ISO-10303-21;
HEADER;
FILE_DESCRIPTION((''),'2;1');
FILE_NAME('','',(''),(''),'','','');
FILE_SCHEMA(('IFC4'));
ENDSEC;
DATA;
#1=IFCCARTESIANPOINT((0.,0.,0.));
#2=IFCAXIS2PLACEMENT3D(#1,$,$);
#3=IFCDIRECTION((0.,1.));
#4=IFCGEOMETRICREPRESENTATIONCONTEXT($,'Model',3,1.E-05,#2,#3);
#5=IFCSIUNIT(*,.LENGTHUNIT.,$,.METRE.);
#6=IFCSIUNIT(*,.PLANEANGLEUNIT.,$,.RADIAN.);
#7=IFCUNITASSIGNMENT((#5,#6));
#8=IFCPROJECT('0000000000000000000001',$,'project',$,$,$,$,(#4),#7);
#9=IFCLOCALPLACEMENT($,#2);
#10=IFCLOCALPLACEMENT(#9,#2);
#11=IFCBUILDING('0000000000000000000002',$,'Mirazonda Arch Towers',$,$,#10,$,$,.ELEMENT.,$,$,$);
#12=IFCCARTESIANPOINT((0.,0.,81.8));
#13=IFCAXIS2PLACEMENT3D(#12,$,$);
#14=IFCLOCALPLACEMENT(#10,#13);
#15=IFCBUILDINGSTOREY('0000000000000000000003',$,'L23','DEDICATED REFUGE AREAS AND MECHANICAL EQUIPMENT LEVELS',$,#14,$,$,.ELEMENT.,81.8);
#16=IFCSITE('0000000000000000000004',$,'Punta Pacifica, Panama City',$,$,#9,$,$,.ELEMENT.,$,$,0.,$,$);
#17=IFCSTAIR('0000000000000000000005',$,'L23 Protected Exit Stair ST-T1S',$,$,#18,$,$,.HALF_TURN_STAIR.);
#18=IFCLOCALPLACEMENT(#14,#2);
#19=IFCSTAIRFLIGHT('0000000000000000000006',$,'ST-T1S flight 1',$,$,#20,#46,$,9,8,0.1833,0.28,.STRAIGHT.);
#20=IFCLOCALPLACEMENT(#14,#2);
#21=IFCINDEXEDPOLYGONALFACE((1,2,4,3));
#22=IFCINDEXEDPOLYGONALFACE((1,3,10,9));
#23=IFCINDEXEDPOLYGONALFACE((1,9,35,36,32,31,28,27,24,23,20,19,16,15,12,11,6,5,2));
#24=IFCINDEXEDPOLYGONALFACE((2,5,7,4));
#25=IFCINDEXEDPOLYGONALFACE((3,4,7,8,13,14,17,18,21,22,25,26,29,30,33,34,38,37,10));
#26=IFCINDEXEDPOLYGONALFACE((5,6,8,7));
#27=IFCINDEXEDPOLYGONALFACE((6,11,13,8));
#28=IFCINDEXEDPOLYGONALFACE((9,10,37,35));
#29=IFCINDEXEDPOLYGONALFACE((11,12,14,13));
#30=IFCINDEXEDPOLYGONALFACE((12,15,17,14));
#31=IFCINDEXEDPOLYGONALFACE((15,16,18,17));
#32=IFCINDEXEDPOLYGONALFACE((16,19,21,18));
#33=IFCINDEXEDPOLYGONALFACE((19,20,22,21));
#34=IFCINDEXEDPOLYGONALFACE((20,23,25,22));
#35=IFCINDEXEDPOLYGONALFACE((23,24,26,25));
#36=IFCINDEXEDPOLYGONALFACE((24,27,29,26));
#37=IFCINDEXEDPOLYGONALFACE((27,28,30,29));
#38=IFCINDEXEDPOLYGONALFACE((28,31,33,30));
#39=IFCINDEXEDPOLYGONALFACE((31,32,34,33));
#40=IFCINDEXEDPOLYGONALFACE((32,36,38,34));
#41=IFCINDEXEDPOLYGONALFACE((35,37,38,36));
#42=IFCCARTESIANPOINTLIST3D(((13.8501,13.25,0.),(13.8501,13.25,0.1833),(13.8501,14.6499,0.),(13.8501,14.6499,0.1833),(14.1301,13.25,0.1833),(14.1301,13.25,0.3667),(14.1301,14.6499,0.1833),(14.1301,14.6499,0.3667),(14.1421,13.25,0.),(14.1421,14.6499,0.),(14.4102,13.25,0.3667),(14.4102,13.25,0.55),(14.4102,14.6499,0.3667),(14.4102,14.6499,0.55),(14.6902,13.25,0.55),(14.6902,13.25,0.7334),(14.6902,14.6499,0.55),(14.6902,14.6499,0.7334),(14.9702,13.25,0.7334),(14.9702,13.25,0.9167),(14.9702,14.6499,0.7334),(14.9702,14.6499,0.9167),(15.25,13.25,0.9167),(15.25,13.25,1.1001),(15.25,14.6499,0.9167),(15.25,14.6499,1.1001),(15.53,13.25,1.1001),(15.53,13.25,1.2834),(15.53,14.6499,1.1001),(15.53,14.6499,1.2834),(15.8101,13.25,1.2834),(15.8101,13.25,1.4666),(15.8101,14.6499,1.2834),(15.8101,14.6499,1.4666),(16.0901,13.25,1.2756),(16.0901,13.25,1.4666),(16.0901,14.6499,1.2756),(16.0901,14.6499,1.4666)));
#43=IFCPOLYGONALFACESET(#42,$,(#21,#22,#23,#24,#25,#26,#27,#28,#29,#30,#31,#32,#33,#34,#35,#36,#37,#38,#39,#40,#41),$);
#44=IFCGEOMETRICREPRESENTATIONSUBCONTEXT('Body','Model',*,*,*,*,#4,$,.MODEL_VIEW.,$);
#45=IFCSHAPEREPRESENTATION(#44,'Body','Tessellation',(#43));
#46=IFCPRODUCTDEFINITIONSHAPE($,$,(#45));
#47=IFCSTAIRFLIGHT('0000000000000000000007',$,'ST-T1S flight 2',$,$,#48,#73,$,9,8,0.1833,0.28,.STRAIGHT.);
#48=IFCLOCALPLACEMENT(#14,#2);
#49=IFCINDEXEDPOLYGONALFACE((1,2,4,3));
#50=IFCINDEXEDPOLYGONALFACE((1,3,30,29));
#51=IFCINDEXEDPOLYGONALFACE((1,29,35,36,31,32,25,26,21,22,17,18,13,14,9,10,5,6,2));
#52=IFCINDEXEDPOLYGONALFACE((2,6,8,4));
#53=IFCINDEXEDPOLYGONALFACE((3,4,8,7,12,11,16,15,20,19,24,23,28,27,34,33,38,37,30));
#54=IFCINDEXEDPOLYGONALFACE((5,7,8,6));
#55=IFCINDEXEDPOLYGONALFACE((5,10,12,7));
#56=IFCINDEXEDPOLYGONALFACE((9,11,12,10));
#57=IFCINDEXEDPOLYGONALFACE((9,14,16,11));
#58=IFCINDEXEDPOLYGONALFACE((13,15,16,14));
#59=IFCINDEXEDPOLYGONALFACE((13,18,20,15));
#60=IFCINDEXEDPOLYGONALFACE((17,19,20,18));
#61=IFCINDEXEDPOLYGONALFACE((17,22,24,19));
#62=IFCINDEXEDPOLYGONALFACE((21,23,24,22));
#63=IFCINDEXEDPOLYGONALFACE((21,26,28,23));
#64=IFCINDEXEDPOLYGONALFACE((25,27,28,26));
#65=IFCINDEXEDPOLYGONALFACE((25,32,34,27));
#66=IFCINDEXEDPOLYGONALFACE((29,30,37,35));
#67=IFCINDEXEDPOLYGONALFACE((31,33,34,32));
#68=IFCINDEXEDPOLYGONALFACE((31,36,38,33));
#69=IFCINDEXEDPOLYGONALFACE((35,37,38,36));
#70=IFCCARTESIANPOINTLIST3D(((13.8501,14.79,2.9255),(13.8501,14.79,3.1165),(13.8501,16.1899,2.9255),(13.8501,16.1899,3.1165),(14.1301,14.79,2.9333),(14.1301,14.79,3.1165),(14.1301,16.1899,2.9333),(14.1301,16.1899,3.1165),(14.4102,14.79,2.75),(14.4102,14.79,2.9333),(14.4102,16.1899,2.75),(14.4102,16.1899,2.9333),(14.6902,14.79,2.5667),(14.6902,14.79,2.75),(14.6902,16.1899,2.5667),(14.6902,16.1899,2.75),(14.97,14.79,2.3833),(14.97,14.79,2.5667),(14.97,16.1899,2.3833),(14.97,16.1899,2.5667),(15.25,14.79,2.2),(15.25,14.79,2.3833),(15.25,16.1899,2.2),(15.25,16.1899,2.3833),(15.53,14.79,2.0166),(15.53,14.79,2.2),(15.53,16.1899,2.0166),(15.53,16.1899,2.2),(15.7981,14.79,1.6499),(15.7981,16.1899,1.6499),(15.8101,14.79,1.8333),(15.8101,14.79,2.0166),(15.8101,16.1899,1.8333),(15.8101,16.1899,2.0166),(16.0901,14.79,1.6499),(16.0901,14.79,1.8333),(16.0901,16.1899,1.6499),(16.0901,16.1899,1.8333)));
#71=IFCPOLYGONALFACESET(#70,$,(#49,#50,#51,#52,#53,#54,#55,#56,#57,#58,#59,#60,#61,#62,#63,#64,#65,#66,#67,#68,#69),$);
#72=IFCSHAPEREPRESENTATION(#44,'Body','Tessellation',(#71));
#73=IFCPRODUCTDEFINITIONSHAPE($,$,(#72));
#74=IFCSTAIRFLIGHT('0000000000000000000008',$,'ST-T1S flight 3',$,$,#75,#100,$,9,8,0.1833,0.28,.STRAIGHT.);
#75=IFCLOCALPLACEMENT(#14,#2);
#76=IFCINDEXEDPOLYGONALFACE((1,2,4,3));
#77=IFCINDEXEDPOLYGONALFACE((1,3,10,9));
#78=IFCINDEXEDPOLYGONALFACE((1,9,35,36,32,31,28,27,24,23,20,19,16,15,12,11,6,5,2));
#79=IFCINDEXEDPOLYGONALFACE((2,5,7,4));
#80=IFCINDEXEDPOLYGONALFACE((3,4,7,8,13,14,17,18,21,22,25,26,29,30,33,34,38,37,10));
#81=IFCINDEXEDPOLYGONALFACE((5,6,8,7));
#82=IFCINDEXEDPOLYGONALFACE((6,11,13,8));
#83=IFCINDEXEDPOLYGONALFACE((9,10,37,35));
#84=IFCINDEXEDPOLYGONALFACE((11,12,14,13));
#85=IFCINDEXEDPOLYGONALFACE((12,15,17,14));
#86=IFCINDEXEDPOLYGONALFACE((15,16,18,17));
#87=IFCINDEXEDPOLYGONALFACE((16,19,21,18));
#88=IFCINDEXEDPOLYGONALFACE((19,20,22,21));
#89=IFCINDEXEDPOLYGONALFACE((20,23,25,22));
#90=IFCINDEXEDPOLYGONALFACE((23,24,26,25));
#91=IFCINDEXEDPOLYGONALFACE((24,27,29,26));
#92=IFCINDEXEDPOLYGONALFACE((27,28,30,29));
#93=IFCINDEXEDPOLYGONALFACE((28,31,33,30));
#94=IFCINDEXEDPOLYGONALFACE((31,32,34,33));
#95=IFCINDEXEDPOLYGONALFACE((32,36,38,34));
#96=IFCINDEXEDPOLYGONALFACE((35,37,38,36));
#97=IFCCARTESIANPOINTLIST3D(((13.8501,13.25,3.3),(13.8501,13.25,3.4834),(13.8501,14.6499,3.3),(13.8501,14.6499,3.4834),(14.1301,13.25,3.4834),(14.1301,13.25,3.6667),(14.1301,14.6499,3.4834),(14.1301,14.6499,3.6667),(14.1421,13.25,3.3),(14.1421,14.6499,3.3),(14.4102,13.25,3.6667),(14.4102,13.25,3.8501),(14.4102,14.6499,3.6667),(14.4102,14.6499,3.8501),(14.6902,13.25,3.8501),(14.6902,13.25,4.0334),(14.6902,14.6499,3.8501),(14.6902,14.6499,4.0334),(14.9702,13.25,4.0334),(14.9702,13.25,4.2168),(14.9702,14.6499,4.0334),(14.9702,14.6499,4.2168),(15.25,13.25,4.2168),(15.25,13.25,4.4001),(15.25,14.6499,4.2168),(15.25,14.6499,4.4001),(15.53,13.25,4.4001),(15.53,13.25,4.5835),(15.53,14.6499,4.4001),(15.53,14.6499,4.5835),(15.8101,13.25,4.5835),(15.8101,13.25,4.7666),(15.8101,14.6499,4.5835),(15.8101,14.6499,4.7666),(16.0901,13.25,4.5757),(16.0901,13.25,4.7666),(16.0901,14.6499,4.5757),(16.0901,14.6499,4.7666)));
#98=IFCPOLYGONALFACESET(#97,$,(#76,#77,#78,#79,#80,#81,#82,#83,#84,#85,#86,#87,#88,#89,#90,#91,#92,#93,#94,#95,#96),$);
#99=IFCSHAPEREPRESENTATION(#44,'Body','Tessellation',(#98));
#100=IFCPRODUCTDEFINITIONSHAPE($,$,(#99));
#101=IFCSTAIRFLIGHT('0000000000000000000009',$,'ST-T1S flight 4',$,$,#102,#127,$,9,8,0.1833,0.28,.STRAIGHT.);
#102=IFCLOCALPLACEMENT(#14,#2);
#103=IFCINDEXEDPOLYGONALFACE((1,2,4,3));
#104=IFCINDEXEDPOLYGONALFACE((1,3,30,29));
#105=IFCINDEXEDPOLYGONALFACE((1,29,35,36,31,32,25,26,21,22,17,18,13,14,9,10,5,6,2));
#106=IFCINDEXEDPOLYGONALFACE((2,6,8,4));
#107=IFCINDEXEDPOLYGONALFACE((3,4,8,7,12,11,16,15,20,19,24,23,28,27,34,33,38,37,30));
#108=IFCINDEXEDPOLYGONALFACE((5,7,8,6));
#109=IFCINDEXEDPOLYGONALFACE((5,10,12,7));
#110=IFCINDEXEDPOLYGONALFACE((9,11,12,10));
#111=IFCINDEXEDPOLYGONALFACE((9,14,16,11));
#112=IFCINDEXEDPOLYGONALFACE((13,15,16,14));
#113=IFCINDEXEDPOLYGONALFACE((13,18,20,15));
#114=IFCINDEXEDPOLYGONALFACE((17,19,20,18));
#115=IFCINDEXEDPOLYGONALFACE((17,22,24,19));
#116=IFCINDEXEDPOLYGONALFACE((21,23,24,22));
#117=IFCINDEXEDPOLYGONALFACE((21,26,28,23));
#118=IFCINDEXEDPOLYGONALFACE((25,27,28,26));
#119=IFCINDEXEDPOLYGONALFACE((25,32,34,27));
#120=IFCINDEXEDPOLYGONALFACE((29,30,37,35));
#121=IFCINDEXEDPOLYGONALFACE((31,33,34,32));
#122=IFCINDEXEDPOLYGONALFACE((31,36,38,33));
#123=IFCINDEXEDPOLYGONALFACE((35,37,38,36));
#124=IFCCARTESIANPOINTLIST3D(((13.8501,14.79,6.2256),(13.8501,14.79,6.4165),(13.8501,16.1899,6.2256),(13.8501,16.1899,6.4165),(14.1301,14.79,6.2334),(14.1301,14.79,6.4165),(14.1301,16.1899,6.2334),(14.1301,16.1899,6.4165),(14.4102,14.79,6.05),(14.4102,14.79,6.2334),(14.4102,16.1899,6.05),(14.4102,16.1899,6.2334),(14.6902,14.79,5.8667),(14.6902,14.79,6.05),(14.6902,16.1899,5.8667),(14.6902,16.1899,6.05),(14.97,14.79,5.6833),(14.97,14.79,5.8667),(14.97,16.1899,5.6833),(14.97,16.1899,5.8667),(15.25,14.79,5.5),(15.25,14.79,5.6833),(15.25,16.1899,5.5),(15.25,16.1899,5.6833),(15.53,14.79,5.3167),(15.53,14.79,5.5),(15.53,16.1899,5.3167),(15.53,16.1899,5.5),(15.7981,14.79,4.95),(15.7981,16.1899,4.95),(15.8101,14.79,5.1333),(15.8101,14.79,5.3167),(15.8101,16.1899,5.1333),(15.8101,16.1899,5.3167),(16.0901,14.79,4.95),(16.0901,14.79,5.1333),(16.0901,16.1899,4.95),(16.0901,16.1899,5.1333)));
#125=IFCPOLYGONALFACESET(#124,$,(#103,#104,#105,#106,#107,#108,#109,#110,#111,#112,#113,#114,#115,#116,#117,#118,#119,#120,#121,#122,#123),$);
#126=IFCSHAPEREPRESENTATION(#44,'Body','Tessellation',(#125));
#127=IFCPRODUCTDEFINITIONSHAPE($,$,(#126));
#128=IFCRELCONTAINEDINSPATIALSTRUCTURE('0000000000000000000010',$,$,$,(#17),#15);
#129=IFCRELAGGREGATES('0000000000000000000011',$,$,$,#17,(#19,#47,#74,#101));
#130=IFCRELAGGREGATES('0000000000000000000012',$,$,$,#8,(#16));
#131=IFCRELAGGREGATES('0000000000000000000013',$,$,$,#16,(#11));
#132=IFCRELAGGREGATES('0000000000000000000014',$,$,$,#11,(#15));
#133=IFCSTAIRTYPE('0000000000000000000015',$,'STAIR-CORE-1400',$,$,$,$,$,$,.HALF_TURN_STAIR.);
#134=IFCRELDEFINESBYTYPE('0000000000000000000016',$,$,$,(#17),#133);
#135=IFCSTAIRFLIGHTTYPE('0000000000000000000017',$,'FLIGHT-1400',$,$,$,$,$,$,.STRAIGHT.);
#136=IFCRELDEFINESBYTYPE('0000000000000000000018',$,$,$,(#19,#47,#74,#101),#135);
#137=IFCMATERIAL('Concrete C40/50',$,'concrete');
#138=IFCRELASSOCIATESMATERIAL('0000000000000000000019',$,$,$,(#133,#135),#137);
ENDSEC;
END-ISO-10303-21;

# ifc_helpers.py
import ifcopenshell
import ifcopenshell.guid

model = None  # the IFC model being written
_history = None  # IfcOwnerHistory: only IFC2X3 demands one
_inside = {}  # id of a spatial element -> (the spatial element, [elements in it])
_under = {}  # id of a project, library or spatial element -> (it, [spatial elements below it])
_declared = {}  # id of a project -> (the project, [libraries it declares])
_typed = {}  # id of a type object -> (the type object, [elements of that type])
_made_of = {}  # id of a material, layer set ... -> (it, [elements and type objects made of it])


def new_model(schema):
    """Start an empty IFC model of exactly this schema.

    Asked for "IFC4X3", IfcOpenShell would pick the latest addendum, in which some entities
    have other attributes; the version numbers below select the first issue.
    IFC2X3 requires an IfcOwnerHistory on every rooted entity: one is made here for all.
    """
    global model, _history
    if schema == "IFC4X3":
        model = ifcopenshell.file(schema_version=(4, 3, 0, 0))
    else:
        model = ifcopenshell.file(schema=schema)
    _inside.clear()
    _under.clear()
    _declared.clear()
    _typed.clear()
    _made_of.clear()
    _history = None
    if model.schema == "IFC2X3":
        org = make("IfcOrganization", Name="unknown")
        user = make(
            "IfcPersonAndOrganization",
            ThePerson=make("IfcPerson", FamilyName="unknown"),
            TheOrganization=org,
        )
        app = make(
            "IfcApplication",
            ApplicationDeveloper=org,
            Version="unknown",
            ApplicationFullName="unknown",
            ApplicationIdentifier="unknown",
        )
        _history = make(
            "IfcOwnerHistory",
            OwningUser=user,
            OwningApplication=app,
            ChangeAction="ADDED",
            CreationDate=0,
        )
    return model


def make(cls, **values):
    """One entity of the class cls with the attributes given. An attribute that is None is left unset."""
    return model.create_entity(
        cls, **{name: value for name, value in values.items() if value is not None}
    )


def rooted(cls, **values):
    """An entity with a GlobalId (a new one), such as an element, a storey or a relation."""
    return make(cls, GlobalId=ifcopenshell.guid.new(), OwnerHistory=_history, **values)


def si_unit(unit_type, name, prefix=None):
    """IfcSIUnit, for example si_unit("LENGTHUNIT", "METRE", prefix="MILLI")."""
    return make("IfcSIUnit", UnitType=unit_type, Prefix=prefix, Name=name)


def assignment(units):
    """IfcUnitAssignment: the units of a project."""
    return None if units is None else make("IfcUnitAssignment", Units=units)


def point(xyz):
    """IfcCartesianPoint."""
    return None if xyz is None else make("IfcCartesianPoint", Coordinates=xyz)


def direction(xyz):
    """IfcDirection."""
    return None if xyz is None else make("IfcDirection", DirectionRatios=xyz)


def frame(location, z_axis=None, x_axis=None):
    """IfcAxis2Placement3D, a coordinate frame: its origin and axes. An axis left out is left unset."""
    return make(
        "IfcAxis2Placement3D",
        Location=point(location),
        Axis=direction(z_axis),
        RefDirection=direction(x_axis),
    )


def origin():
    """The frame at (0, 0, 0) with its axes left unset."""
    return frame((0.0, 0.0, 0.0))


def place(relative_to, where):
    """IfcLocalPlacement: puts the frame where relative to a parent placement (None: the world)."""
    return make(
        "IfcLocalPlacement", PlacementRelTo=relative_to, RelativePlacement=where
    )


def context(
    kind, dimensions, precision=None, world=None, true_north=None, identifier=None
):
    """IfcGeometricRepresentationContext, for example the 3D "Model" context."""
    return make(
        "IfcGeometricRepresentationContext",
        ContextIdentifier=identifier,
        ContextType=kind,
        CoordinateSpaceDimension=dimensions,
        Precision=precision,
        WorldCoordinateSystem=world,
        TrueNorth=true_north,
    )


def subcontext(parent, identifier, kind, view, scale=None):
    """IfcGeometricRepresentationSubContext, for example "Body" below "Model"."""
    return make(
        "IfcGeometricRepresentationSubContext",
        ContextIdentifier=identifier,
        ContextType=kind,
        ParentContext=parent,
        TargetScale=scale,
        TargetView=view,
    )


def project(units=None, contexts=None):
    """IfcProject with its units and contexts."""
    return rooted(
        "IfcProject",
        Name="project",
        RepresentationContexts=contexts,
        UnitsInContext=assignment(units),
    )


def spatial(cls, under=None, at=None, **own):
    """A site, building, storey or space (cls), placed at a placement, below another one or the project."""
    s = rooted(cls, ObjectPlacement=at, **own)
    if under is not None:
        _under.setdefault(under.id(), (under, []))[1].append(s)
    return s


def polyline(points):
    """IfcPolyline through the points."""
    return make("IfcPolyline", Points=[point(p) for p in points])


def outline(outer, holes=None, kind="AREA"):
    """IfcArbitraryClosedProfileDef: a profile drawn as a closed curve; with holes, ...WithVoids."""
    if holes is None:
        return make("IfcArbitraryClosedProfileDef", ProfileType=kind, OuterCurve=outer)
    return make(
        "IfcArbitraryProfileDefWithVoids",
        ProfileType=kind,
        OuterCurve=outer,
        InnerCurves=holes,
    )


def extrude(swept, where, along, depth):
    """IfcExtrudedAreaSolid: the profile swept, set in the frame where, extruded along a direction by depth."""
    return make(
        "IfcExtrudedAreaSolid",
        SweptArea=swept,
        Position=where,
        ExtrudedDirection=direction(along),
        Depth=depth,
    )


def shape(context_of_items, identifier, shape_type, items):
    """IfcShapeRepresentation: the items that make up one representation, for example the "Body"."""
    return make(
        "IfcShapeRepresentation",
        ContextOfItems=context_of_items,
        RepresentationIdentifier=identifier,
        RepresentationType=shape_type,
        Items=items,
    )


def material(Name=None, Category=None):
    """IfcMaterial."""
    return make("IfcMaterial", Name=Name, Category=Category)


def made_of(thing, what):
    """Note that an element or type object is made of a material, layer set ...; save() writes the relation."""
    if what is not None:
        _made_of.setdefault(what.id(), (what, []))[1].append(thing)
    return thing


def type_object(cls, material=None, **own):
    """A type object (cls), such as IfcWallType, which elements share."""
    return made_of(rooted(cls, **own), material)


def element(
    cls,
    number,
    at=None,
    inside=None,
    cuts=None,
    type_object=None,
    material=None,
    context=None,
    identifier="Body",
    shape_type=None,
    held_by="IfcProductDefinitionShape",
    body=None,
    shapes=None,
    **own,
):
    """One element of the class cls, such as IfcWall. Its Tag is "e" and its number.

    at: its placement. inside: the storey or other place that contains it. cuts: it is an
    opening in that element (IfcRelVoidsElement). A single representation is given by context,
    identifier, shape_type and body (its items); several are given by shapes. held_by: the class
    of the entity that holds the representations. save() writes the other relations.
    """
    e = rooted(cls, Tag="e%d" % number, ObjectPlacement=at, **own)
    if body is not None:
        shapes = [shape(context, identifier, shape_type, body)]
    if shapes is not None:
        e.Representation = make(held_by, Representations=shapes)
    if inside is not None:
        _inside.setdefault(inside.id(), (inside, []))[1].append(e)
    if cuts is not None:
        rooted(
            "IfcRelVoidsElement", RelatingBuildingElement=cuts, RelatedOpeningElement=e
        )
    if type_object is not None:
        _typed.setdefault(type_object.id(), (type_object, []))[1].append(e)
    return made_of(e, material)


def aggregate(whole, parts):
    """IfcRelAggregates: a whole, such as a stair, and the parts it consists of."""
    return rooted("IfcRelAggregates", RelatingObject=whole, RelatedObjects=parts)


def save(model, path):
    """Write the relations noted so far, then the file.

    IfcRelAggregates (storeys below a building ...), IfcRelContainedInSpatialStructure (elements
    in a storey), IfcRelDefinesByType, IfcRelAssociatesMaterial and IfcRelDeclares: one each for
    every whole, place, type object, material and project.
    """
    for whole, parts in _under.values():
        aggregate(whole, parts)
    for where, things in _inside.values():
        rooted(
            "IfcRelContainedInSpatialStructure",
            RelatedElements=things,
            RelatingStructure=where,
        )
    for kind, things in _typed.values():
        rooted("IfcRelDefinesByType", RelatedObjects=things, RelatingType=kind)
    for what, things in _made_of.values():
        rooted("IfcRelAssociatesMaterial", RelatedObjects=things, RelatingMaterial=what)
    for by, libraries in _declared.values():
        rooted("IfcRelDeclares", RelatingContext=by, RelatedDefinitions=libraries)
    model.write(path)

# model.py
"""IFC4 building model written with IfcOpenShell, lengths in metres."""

from ifc_helpers import new_model, si_unit, direction, frame, origin, place, context, subcontext, project, spatial, polyline, outline, extrude, material, type_object, element, aggregate, save


model = new_model("IFC4")

# Units and contexts
model_context = context("Model", 3, precision=1e-05, world=origin(), true_north=direction((0.0, 1.0)))
body_context = subcontext(model_context, "Body", "Model", "MODEL_VIEW")
ifc_project = project(units=[si_unit("LENGTHUNIT", "METRE"), si_unit("PLANEANGLEUNIT", "RADIAN")], contexts=[model_context])

# Site, building, storey
site_placement = place(None, origin())
site = spatial("IfcSite", under=ifc_project, at=site_placement, Name="Punta Pacifica, Panama City", CompositionType="ELEMENT", RefElevation=0.0)
building_placement = place(site_placement, origin())
building = spatial("IfcBuilding", under=site, at=building_placement, Name="Mirazonda Arch Towers", CompositionType="ELEMENT")
storey_placement = place(building_placement, frame((0.0, 0.0, 81.8)))
storey = spatial("IfcBuildingStorey", under=building, at=storey_placement, Name="L23", Description="DEDICATED REFUGE AREAS AND MECHANICAL EQUIPMENT LEVELS", CompositionType="ELEMENT", Elevation=81.8)

# Shared definitions
ifc_material_1 = material(Name="Concrete C40/50", Category="concrete")

# Stair, stair flights
stair_type = type_object("IfcStairType", Name="STAIR-CORE-1400", PredefinedType="HALF_TURN_STAIR", material=ifc_material_1)
stair_placement = place(storey_placement, origin())
stair = element("IfcStair", 1, at=stair_placement, inside=storey, type_object=stair_type, Name="L23 Protected Exit Stair ST-T1S", PredefinedType="HALF_TURN_STAIR")
stair_flight_type = type_object("IfcStairFlightType", Name="FLIGHT-1400", PredefinedType="STRAIGHT", material=ifc_material_1)
stair_flight_1_placement = place(storey_placement, frame((13.8501, 13.95, 0.0), z_axis=(0.0, 0.0, 1.0), x_axis=(1.0, 0.0, 0.0)))
stair_flight_1 = element("IfcStairFlight", 2, at=stair_flight_1_placement, type_object=stair_flight_type, Name="ST-T1S flight 1", NumberOfRisers=9, NumberOfTreads=8, PredefinedType="STRAIGHT", RiserHeight=0.1833, TreadLength=0.28, context=body_context, shape_type="SweptSolid", body=[
    extrude(outline(polyline([(0.0, 0.0), (0.0, 0.1833), (0.28, 0.1833), (0.28, 0.3667), (0.5601, 0.3667), (0.5601, 0.55), (0.8401, 0.55), (0.8401, 0.7334), (1.1201, 0.7334), (1.1201, 0.9167), (1.3999, 0.9167), (1.3999, 1.1001), (1.6799, 1.1001), (1.6799, 1.2834), (1.96, 1.2834), (1.96, 1.4666), (2.24, 1.4666), (2.24, 1.6499), (2.24, 1.2756), (0.292, 0.0), (0.0, 0.0)])), frame((0.0, 0.7, 0.0), z_axis=(0.0, -1.0, 0.0), x_axis=(1.0, 0.0, 0.0)), (0.0, 0.0, 1.0), 1.3999),
])
stair_flight_2_placement = place(storey_placement, frame((16.0901, 15.49, 1.6499), z_axis=(0.0, 0.0, 1.0), x_axis=(-1.0, 0.0, 0.0)))
stair_flight_2 = element("IfcStairFlight", 3, at=stair_flight_2_placement, type_object=stair_flight_type, Name="ST-T1S flight 2", NumberOfRisers=9, NumberOfTreads=8, PredefinedType="STRAIGHT", RiserHeight=0.1833, TreadLength=0.28, context=body_context, shape_type="SweptSolid", body=[
    extrude(outline(polyline([(0.0, 0.0), (0.0, 0.1833), (0.28, 0.1833), (0.28, 0.3667), (0.5601, 0.3667), (0.5601, 0.55), (0.8401, 0.55), (0.8401, 0.7334), (1.1201, 0.7334), (1.1201, 0.9167), (1.3999, 0.9167), (1.3999, 1.1001), (1.6799, 1.1001), (1.6799, 1.2834), (1.96, 1.2834), (1.96, 1.4666), (2.24, 1.4666), (2.24, 1.6499), (2.24, 1.2756), (0.292, 0.0), (0.0, 0.0)])), frame((0.0, 0.7, 0.0), z_axis=(0.0, -1.0, 0.0), x_axis=(1.0, 0.0, 0.0)), (0.0, 0.0, 1.0), 1.3999),
])
stair_flight_3_placement = place(storey_placement, frame((13.8501, 13.95, 3.3), z_axis=(0.0, 0.0, 1.0), x_axis=(1.0, 0.0, 0.0)))
stair_flight_3 = element("IfcStairFlight", 4, at=stair_flight_3_placement, type_object=stair_flight_type, Name="ST-T1S flight 3", NumberOfRisers=9, NumberOfTreads=8, PredefinedType="STRAIGHT", RiserHeight=0.1833, TreadLength=0.28, context=body_context, shape_type="SweptSolid", body=[
    extrude(outline(polyline([(0.0, 0.0), (0.0, 0.1833), (0.28, 0.1833), (0.28, 0.3667), (0.5601, 0.3667), (0.5601, 0.55), (0.8401, 0.55), (0.8401, 0.7334), (1.1201, 0.7334), (1.1201, 0.9167), (1.3999, 0.9167), (1.3999, 1.1001), (1.6799, 1.1001), (1.6799, 1.2834), (1.96, 1.2834), (1.96, 1.4666), (2.24, 1.4666), (2.24, 1.6499), (2.24, 1.2756), (0.292, 0.0), (0.0, 0.0)])), frame((0.0, 0.7, 0.0), z_axis=(0.0, -1.0, 0.0), x_axis=(1.0, 0.0, 0.0)), (0.0, 0.0, 1.0), 1.3999),
])
stair_flight_4_placement = place(storey_placement, frame((16.0901, 15.49, 4.95), z_axis=(0.0, 0.0, 1.0), x_axis=(-1.0, 0.0, 0.0)))
stair_flight_4 = element("IfcStairFlight", 5, at=stair_flight_4_placement, type_object=stair_flight_type, Name="ST-T1S flight 4", NumberOfRisers=9, NumberOfTreads=8, PredefinedType="STRAIGHT", RiserHeight=0.1833, TreadLength=0.28, context=body_context, shape_type="SweptSolid", body=[
    extrude(outline(polyline([(0.0, 0.0), (0.0, 0.1833), (0.28, 0.1833), (0.28, 0.3667), (0.5601, 0.3667), (0.5601, 0.55), (0.8401, 0.55), (0.8401, 0.7334), (1.1201, 0.7334), (1.1201, 0.9167), (1.3999, 0.9167), (1.3999, 1.1001), (1.6799, 1.1001), (1.6799, 1.2834), (1.96, 1.2834), (1.96, 1.4666), (2.24, 1.4666), (2.24, 1.6499), (2.24, 1.2756), (0.292, 0.0), (0.0, 0.0)])), frame((0.0, 0.7, 0.0), z_axis=(0.0, -1.0, 0.0), x_axis=(1.0, 0.0, 0.0)), (0.0, 0.0, 1.0), 1.3999),
])
aggregate(stair, [stair_flight_1, stair_flight_2, stair_flight_3, stair_flight_4])

save(model, "model.ifc")
